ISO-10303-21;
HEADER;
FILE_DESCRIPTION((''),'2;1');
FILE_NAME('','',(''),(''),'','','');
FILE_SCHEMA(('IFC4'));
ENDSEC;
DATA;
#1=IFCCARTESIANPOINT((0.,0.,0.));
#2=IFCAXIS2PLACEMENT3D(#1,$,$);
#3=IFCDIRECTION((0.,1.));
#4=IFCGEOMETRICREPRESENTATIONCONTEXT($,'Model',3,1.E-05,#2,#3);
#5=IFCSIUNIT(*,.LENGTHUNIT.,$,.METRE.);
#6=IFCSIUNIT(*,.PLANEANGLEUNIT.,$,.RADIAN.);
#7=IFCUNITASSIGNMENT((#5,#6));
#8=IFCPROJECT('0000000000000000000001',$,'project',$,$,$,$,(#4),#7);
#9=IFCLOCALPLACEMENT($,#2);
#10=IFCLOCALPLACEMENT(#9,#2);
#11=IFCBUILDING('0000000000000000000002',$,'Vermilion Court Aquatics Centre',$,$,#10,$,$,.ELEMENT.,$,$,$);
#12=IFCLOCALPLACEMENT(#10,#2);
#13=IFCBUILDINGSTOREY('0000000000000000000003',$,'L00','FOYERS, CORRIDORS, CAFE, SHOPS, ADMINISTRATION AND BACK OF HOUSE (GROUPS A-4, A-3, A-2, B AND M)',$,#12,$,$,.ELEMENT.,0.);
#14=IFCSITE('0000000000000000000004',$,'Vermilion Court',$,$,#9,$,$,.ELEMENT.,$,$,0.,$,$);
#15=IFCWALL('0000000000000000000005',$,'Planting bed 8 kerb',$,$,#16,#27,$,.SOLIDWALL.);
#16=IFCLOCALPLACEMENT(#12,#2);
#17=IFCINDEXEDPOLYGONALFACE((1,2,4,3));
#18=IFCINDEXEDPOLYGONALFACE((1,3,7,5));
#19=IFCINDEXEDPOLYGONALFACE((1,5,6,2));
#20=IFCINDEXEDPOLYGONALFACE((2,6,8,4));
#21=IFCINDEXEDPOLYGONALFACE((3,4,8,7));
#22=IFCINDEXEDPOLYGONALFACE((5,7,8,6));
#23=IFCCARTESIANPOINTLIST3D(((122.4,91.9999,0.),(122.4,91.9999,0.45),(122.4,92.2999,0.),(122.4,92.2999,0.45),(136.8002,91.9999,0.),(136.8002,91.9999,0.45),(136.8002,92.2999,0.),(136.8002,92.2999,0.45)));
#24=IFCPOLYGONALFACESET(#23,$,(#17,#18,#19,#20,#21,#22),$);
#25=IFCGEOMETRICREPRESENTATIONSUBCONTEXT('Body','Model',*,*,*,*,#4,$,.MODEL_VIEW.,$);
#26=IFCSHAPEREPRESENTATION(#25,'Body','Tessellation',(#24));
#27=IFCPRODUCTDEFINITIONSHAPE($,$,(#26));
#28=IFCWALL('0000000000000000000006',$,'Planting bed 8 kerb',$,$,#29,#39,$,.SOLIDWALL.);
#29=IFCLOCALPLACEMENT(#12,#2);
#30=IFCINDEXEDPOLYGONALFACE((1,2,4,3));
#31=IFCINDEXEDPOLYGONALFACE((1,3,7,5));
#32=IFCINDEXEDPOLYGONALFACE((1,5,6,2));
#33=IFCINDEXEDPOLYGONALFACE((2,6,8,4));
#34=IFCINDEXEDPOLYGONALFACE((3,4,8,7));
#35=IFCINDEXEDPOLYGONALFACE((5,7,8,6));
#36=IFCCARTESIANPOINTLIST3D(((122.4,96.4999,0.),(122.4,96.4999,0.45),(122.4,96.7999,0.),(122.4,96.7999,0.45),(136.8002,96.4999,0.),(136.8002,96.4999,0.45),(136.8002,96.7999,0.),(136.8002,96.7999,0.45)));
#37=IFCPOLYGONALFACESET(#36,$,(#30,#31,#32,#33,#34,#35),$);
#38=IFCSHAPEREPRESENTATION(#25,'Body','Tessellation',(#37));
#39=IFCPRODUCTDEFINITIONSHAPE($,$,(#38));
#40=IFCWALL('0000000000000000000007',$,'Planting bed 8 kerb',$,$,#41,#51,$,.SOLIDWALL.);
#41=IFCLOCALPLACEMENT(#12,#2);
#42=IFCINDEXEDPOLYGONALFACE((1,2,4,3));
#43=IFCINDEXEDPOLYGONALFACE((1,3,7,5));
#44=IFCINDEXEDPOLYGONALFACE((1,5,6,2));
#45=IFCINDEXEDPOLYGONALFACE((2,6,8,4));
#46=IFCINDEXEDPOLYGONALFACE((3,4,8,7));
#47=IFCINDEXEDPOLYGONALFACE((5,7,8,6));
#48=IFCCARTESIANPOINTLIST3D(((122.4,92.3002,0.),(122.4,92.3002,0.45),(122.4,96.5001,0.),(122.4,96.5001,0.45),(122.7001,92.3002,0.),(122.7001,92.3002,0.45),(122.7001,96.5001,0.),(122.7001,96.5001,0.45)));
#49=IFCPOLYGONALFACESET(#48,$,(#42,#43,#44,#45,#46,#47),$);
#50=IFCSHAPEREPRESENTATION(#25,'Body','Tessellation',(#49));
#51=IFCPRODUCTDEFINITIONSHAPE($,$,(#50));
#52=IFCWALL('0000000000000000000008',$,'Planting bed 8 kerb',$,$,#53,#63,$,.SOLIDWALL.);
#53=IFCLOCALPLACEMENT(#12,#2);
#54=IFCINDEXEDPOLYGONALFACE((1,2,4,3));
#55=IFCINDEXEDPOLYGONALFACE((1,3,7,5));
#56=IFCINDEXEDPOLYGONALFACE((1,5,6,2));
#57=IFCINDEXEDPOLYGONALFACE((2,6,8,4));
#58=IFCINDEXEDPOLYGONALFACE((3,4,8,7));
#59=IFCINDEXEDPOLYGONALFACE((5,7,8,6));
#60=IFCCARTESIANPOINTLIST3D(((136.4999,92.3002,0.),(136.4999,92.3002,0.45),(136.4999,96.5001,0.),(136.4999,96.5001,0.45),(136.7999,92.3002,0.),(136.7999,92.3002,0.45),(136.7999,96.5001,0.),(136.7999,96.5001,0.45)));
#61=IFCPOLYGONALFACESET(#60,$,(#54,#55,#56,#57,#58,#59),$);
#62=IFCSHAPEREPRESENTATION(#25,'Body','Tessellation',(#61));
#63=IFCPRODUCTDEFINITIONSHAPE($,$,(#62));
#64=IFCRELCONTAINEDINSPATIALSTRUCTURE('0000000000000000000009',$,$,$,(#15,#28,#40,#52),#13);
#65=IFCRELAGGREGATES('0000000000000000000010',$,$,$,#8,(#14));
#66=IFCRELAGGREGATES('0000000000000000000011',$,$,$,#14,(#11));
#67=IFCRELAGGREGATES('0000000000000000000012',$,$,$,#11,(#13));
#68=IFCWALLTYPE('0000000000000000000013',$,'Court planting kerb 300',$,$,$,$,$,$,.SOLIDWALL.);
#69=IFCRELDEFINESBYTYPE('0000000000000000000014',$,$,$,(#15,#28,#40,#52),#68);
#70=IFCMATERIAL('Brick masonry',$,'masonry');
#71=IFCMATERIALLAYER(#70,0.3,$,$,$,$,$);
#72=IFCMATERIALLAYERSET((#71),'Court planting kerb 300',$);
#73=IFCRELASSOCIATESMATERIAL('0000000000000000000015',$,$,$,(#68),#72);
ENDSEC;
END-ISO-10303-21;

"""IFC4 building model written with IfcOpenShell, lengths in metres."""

from ifc_helpers import new_model, si_unit, direction, frame, frame_2d, origin, place, context, subcontext, project, spatial, rectangle, extrude, material, layer, layer_set, type_object, element, save


model = new_model("IFC4")

# Units and contexts
model_context = context("Model", 3, precision=1e-05, world=origin(), true_north=direction((0.0, 1.0)))
body_context = subcontext(model_context, "Body", "Model", "MODEL_VIEW")
ifc_project = project(units=[si_unit("LENGTHUNIT", "METRE"), si_unit("PLANEANGLEUNIT", "RADIAN")], contexts=[model_context])

# Site, building, storey
site_placement = place(None, origin())
site = spatial("IfcSite", under=ifc_project, at=site_placement, Name="Vermilion Court", CompositionType="ELEMENT", RefElevation=0.0)
building_placement = place(site_placement, origin())
building = spatial("IfcBuilding", under=site, at=building_placement, Name="Vermilion Court Aquatics Centre", CompositionType="ELEMENT")
storey_placement = place(building_placement, origin())
storey = spatial("IfcBuildingStorey", under=building, at=storey_placement, Name="L00", Description="FOYERS, CORRIDORS, CAFE, SHOPS, ADMINISTRATION AND BACK OF HOUSE (GROUPS A-4, A-3, A-2, B AND M)", CompositionType="ELEMENT", Elevation=0.0)

# Walls
ifc_material_1 = material(Name="Brick masonry", Category="masonry")
ifc_layer = layer(ifc_material_1, 0.3)
ifc_layer_set = layer_set([ifc_layer], Name="Court planting kerb 300")
wall_type = type_object("IfcWallType", Name="Court planting kerb 300", PredefinedType="SOLIDWALL", material=ifc_layer_set)
for number, where, z_axis, x_axis, name in (
    (1, (122.3999, 92.1499, 0.0), (0.0, 0.0, 1.0), (1.0, 0.0, 0.0), "Planting bed 8 kerb"),
    (2, (122.3999, 96.6499, 0.0), (0.0, 0.0, 1.0), (1.0, 0.0, 0.0), "Planting bed 8 kerb"),
):
    element("IfcWall", number, at=place(storey_placement, frame(where, z_axis=z_axis, x_axis=x_axis)), inside=storey, type_object=wall_type, Name=name, PredefinedType="SOLIDWALL", context=body_context, shape_type="SweptSolid", body=[
        extrude(rectangle(XDim=14.4001, YDim=0.3, at=frame_2d((7.2002, 0.0))), origin(), (0.0, 0.0, 1.0), 0.45),
    ])
for number, where, z_axis, x_axis, name in (
    (3, (122.55, 92.3, 0.0), (0.0, 0.0, 1.0), (0.0, 1.0, 0.0), "Planting bed 8 kerb"),
    (4, (136.6499, 92.3, 0.0), (0.0, 0.0, 1.0), (0.0, 1.0, 0.0), "Planting bed 8 kerb"),
):
    element("IfcWall", number, at=place(storey_placement, frame(where, z_axis=z_axis, x_axis=x_axis)), inside=storey, type_object=wall_type, Name=name, PredefinedType="SOLIDWALL", context=body_context, shape_type="SweptSolid", body=[
        extrude(rectangle(XDim=4.2, YDim=0.3, at=frame_2d((2.1001, 0.0))), origin(), (0.0, 0.0, 1.0), 0.45),
    ])

save(model, "model.ifc")
